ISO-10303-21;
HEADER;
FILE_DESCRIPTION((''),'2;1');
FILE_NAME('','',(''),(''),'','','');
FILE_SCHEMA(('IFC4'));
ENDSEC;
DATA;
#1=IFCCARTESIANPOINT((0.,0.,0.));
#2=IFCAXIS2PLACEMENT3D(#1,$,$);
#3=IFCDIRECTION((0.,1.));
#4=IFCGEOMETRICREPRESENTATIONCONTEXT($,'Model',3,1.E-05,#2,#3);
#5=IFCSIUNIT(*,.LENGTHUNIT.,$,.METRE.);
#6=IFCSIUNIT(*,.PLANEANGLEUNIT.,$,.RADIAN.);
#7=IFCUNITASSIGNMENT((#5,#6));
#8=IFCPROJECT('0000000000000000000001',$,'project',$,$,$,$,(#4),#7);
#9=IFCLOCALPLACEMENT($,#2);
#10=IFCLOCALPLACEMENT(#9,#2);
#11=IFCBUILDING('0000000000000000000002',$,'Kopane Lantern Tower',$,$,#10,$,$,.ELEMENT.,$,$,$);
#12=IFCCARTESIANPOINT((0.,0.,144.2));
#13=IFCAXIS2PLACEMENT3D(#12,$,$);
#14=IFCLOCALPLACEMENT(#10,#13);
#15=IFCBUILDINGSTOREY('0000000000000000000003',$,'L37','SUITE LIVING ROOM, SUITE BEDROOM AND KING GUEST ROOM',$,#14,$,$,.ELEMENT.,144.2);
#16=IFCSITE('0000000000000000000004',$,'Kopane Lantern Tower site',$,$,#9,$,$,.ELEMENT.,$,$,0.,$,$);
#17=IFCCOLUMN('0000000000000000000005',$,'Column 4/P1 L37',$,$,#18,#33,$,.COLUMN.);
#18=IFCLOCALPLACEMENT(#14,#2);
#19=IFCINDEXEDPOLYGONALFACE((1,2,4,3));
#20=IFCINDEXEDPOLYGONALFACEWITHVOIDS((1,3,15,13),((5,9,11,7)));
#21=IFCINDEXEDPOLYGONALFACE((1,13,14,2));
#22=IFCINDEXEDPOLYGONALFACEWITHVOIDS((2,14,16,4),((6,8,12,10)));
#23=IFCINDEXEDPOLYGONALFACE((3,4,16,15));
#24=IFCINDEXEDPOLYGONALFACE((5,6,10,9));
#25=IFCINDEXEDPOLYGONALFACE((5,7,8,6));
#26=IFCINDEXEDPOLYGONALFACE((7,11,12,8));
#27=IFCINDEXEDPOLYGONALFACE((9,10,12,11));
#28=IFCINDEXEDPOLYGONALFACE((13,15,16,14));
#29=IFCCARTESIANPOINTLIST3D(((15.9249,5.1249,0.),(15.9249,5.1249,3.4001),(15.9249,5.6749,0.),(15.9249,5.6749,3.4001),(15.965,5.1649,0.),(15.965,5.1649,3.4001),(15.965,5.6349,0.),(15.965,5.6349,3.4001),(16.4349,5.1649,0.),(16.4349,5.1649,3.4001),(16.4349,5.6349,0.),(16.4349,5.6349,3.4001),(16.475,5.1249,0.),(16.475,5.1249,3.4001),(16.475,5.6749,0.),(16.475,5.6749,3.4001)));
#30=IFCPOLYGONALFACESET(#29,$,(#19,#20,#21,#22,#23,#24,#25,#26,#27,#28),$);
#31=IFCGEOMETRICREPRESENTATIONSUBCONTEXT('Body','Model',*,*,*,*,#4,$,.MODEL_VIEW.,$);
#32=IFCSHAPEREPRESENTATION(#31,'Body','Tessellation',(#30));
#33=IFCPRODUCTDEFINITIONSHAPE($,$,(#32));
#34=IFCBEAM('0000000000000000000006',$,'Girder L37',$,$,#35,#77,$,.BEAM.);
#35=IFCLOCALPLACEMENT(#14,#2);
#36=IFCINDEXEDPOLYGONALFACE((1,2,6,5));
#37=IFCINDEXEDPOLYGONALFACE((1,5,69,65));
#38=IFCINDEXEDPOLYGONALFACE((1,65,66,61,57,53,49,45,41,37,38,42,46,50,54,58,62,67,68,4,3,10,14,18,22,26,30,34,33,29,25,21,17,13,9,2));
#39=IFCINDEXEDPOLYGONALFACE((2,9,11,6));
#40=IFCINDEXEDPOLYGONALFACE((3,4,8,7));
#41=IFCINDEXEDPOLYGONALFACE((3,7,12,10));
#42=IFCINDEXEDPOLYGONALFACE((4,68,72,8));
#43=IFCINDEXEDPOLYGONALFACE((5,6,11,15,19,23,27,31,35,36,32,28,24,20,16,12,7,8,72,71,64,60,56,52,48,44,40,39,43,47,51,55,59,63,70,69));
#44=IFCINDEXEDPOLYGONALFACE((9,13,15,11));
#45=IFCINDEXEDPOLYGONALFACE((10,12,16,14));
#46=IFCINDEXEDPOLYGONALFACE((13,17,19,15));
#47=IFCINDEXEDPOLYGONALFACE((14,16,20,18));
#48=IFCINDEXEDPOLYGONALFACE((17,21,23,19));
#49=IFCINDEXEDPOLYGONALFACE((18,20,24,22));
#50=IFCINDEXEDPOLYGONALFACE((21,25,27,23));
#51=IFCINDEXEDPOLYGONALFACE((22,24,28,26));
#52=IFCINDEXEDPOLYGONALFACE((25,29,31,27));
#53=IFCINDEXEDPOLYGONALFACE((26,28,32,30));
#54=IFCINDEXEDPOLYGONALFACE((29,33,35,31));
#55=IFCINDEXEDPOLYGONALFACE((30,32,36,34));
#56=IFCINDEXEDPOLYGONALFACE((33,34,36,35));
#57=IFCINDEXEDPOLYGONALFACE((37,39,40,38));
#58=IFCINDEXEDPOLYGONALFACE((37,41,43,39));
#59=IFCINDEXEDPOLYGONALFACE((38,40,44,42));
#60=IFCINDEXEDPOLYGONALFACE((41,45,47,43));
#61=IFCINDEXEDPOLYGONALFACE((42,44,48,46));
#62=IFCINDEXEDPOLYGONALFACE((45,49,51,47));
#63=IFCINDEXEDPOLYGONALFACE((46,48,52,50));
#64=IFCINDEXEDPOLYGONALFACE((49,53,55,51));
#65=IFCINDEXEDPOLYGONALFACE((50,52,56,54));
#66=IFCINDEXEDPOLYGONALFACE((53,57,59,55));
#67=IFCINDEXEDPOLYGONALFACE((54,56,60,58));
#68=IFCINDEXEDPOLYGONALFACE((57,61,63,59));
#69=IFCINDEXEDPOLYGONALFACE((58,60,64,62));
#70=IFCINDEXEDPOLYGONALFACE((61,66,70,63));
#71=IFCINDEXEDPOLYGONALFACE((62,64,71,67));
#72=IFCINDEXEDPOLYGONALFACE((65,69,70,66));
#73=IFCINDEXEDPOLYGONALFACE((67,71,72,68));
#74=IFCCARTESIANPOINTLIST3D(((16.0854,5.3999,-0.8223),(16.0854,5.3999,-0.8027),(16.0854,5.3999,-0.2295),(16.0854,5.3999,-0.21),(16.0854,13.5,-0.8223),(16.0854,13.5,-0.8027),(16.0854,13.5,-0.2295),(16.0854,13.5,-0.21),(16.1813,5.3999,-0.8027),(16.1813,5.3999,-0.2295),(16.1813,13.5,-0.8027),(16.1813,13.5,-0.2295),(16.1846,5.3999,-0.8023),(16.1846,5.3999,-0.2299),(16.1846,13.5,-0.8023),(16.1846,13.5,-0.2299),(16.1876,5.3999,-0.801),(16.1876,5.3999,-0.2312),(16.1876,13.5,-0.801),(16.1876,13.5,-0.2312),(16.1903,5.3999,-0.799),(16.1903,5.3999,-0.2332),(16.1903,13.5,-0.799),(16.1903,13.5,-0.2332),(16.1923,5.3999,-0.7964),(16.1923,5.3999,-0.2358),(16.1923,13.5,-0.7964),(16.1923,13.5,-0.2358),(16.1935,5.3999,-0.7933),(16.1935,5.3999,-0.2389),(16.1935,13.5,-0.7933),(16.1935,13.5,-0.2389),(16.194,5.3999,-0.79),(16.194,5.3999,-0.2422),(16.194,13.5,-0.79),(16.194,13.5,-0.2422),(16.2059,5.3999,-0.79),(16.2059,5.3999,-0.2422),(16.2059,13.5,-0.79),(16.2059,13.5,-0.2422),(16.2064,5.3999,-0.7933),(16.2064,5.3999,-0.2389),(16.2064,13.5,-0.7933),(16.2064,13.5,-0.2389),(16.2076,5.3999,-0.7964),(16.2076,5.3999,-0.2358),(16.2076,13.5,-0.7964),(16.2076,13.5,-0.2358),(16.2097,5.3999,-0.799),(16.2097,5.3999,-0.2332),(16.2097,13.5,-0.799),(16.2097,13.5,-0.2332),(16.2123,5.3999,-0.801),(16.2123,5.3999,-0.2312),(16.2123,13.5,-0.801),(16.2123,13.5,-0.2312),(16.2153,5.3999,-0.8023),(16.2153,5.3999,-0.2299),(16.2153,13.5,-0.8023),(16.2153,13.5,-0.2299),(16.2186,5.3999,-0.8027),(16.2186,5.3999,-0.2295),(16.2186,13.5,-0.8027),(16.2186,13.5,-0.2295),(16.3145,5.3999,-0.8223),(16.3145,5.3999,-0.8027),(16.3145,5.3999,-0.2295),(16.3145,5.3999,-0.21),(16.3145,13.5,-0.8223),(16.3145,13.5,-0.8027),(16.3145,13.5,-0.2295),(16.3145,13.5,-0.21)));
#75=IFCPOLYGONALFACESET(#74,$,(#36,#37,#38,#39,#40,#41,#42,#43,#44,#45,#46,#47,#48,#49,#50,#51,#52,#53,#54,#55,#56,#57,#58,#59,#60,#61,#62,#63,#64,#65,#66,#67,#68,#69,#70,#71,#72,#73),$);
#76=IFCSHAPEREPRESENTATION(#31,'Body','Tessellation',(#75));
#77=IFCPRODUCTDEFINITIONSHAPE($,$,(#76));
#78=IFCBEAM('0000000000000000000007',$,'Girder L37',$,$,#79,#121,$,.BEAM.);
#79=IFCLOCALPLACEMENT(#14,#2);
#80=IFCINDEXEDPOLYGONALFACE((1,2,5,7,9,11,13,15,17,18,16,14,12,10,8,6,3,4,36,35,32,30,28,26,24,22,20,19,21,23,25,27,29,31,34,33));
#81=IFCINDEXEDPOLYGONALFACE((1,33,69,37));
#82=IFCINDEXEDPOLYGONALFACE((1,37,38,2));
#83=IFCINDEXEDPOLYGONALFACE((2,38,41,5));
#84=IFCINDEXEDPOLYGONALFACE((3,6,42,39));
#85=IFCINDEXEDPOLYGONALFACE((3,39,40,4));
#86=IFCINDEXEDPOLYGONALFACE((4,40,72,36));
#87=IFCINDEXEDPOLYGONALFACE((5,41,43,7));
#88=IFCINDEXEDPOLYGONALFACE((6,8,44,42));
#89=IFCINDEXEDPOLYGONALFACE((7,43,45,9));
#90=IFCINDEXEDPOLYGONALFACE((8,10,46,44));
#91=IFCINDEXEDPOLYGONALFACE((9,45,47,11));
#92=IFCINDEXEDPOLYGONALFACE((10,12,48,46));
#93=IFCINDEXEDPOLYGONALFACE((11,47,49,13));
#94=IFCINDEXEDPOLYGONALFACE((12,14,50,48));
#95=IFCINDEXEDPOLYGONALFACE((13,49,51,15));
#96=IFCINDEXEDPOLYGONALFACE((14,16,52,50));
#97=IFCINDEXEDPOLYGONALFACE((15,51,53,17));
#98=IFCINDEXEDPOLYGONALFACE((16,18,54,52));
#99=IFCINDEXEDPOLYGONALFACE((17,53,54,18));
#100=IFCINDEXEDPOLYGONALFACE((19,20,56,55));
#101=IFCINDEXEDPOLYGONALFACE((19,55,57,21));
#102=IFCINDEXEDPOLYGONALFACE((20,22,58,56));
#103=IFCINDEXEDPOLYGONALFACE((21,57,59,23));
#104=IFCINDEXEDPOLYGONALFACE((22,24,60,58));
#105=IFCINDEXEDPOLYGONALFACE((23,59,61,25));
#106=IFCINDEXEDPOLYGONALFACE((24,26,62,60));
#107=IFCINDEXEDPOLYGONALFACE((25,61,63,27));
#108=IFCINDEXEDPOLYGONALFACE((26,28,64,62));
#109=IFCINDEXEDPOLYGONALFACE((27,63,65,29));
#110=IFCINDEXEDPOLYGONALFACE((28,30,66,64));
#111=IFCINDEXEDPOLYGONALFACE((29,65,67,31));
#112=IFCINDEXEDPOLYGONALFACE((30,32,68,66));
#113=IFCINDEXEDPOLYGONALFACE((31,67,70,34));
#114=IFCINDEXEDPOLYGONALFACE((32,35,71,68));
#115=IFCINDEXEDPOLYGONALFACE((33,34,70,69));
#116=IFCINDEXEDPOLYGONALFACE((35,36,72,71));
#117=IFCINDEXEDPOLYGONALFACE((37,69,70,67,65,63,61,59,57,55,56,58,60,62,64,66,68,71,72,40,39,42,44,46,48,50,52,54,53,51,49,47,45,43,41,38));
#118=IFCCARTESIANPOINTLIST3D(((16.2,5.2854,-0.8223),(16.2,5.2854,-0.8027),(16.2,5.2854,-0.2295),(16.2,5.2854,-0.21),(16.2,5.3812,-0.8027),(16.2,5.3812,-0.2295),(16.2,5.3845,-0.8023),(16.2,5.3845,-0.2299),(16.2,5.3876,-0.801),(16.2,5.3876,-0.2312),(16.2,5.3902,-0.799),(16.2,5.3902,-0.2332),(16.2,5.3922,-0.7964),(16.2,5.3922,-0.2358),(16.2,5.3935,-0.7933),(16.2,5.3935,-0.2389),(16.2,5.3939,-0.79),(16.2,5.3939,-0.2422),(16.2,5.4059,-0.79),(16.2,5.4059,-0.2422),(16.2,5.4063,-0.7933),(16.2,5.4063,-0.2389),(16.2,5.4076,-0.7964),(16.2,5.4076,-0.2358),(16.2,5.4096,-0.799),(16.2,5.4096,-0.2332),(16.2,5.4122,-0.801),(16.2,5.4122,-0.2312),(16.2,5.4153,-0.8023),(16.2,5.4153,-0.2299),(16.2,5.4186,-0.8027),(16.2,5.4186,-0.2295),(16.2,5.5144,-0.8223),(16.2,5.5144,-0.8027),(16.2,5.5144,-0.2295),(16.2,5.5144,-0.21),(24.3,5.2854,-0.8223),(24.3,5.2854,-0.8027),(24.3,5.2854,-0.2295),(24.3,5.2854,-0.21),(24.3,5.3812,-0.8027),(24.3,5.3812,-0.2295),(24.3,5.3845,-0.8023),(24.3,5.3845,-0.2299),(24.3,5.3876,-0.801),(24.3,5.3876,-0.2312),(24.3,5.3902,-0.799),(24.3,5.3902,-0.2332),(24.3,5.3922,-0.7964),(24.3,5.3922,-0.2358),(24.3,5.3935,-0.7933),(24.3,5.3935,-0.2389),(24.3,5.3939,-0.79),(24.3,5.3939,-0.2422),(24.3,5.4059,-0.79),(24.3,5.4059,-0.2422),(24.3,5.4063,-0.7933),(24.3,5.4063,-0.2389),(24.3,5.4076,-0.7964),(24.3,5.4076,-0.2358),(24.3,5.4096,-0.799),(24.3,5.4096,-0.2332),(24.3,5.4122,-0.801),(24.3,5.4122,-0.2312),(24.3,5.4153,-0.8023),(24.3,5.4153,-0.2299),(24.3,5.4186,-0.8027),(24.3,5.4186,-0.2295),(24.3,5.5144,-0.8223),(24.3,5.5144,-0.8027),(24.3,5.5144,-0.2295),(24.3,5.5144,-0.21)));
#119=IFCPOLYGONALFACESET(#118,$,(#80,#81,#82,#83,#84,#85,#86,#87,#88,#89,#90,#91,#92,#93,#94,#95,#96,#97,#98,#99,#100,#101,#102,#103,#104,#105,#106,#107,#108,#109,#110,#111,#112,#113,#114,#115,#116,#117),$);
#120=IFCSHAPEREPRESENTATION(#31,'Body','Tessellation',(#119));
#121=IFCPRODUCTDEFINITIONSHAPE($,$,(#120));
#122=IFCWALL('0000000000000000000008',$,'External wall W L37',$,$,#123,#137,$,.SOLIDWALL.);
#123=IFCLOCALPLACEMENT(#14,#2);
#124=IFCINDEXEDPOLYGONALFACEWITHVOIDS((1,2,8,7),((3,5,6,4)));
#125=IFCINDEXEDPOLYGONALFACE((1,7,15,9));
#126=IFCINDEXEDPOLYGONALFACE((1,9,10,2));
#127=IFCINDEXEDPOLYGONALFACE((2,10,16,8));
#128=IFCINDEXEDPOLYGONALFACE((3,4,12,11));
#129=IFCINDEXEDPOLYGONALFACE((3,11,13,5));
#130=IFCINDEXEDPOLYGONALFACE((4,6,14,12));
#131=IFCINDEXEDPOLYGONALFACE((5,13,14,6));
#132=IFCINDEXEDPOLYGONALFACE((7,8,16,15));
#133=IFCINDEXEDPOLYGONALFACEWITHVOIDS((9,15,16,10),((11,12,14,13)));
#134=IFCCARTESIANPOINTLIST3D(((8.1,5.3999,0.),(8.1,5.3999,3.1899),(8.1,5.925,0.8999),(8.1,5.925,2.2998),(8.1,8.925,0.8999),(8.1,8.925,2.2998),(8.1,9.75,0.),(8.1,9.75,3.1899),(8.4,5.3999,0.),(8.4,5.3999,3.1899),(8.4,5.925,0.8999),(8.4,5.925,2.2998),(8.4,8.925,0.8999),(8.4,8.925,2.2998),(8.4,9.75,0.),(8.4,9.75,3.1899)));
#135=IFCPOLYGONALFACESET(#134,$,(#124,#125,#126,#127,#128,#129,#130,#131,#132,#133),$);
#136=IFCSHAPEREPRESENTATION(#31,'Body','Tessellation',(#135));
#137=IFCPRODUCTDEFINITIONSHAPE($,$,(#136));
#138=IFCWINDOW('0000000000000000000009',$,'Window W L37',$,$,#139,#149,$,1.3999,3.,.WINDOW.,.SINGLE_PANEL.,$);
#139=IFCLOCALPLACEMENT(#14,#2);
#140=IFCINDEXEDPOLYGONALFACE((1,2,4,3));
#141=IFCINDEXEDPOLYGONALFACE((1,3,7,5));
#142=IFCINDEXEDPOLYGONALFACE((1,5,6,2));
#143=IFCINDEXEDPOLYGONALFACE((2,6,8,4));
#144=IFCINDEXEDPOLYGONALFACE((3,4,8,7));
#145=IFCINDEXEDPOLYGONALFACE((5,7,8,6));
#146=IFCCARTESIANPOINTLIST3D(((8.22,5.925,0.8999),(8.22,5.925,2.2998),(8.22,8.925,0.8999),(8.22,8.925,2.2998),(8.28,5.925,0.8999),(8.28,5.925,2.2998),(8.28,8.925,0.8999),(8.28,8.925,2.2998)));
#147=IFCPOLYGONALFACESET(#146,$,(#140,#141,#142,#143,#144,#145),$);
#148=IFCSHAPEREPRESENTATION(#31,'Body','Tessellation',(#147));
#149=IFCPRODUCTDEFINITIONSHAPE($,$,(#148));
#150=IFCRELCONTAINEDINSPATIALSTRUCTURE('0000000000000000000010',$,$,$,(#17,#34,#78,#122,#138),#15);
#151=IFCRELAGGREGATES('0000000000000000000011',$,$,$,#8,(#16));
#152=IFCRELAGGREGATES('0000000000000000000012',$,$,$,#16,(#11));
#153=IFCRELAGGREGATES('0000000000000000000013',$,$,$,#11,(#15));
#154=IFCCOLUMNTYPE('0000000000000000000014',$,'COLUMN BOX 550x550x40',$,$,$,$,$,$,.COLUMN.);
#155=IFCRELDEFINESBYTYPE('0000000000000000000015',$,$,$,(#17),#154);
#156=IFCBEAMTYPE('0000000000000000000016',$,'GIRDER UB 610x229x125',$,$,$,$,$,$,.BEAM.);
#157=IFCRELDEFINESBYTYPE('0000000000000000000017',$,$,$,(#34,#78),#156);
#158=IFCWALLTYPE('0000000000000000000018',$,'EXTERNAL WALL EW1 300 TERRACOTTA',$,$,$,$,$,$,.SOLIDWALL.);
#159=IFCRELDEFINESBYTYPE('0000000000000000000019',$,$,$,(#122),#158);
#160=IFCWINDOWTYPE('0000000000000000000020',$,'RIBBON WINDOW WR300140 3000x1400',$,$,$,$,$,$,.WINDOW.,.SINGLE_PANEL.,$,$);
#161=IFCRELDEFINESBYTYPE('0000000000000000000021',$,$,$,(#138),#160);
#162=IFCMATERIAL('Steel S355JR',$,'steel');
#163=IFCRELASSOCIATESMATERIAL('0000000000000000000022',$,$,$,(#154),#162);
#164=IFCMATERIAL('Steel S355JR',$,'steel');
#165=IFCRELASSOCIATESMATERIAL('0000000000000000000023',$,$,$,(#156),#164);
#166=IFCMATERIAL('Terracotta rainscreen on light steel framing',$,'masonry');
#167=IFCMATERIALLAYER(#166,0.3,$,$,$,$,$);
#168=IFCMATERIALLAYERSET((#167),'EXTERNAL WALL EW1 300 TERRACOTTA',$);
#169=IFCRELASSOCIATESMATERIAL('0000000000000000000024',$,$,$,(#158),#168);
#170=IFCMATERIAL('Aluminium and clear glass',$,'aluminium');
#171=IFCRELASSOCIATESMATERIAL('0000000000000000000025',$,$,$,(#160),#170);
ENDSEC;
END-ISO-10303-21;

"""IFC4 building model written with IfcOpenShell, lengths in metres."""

from ifc_helpers import new_model, si_unit, direction, frame, frame_2d, origin, origin_2d, place, context, subcontext, project, spatial, rectangle, hollow_rectangle, i_section, extrude, material, layer, layer_set, material_profile, profile_set, type_object, element, fill, save


model = new_model("IFC4")

# Units and contexts
model_context = context("Model", 3, precision=1e-05, world=origin(), true_north=direction((0.0, 1.0)))
body_context = subcontext(model_context, "Body", "Model", "MODEL_VIEW")
ifc_project = project(units=[si_unit("LENGTHUNIT", "METRE"), si_unit("PLANEANGLEUNIT", "RADIAN")], contexts=[model_context])

# Site, building, storey
site_placement = place(None, origin())
site = spatial("IfcSite", under=ifc_project, at=site_placement, Name="Kopane Lantern Tower site", CompositionType="ELEMENT", RefElevation=0.0)
building_placement = place(site_placement, origin())
building = spatial("IfcBuilding", under=site, at=building_placement, Name="Kopane Lantern Tower", CompositionType="ELEMENT")
storey_placement = place(building_placement, frame((0.0, 0.0, 144.2)))
storey = spatial("IfcBuildingStorey", under=building, at=storey_placement, Name="L37", Description="SUITE LIVING ROOM, SUITE BEDROOM AND KING GUEST ROOM", CompositionType="ELEMENT", Elevation=144.2)

# Column
ifc_material_1 = material(Name="Steel S355JR", Category="steel")
ifc_material_profile_1 = material_profile(ifc_material_1, hollow_rectangle(XDim=0.55, YDim=0.55, WallThickness=0.04, at=origin_2d()), Name="BOX 550x550x40")
ifc_profile_set_1 = profile_set([ifc_material_profile_1], Name="Steel S355JR")
column_type = type_object("IfcColumnType", Name="COLUMN BOX 550x550x40", PredefinedType="COLUMN", material=ifc_profile_set_1)
column_placement = place(storey_placement, frame((16.2, 5.3999, 0.0), z_axis=(0.0, 0.0, 1.0), x_axis=(1.0, 0.0, 0.0)))
element("IfcColumn", 1, at=column_placement, inside=storey, type_object=column_type, Name="Column 4/P1 L37", PredefinedType="COLUMN", context=body_context, shape_type="SweptSolid", body=[
    extrude(hollow_rectangle(XDim=0.55, YDim=0.55, WallThickness=0.04, at=origin_2d()), origin(), (0.0, 0.0, 1.0), 3.4001),
])

# Beams
ifc_material_2 = material(Name="Steel S355JR", Category="steel")
ifc_material_profile_2 = material_profile(ifc_material_2, i_section(OverallWidth=0.229, OverallDepth=0.6123, WebThickness=0.012, FlangeThickness=0.0195, FilletRadius=0.0127, at=origin_2d()), Name="UB 610x229x125")
ifc_profile_set_2 = profile_set([ifc_material_profile_2], Name="Steel S355JR")
beam_type = type_object("IfcBeamType", Name="GIRDER UB 610x229x125", PredefinedType="BEAM", material=ifc_profile_set_2)
for number, where, z_axis, x_axis, name in (
    (2, (16.2, 5.3999, -0.5161), (0.0, 1.0, 0.0), (-1.0, 0.0, 0.0), "Girder L37"),
    (3, (16.2, 5.3999, -0.5161), (1.0, 0.0, 0.0), (0.0, 1.0, 0.0), "Girder L37"),
):
    element("IfcBeam", number, at=place(storey_placement, frame(where, z_axis=z_axis, x_axis=x_axis)), inside=storey, type_object=beam_type, Name=name, PredefinedType="BEAM", context=body_context, shape_type="SweptSolid", body=[
        extrude(i_section(OverallWidth=0.229, OverallDepth=0.6123, WebThickness=0.012, FlangeThickness=0.0195, FilletRadius=0.0127, at=origin_2d()), origin(), (0.0, 0.0, 1.0), 8.1001),
    ])

# Shared definitions
ifc_material_3 = material(Name="Terracotta rainscreen on light steel framing", Category="masonry")
ifc_layer = layer(ifc_material_3, 0.3)
ifc_layer_set = layer_set([ifc_layer], Name="EXTERNAL WALL EW1 300 TERRACOTTA")
wall_type = type_object("IfcWallType", Name="EXTERNAL WALL EW1 300 TERRACOTTA", PredefinedType="SOLIDWALL", material=ifc_layer_set)
ifc_material_4 = material(Name="Aluminium and clear glass", Category="aluminium")
window_type = type_object("IfcWindowType", Name="RIBBON WINDOW WR300140 3000x1400", PartitioningType="SINGLE_PANEL", PredefinedType="WINDOW", material=ifc_material_4)

# Wall, opening, window
wall_1_placement = place(storey_placement, frame((8.25, 9.75, 0.0), z_axis=(0.0, 0.0, 1.0), x_axis=(0.0, -1.0, 0.0)))
wall_1 = element("IfcWall", 4, at=wall_1_placement, inside=storey, type_object=wall_type, Name="External wall W L37", PredefinedType="SOLIDWALL", context=body_context, shape_type="SweptSolid", body=[
    extrude(rectangle(XDim=4.3501, YDim=0.3, at=frame_2d((2.175, 0.0))), origin(), (0.0, 0.0, 1.0), 3.1899),
])
opening_1_placement = place(wall_1_placement, frame((0.825, 0.0, 0.8999)))
opening_1 = element("IfcOpeningElement", 5, at=opening_1_placement, cuts=wall_1, PredefinedType="OPENING", context=body_context, shape_type="SweptSolid", body=[
    extrude(rectangle(XDim=3.0, YDim=1.3999, at=frame_2d((1.5, 0.7))), frame((0.0, 0.1599, 0.0), z_axis=(0.0, -1.0, 0.0), x_axis=(1.0, 0.0, 0.0)), (0.0, 0.0, 1.0), 0.3201),
])
window_1_placement = place(opening_1_placement, origin())
window_1 = element("IfcWindow", 6, at=window_1_placement, inside=storey, type_object=window_type, Name="Window W L37", OverallHeight=1.3999, OverallWidth=3.0, PartitioningType="SINGLE_PANEL", PredefinedType="WINDOW", context=body_context, shape_type="SweptSolid", body=[
    extrude(rectangle(XDim=3.0, YDim=1.3999, at=frame_2d((1.5, 0.7))), frame((0.0, 0.03, 0.0), z_axis=(0.0, -1.0, 0.0), x_axis=(1.0, 0.0, 0.0)), (0.0, 0.0, 1.0), 0.0601),
])
fill(opening_1, window_1)

save(model, "model.ifc")
